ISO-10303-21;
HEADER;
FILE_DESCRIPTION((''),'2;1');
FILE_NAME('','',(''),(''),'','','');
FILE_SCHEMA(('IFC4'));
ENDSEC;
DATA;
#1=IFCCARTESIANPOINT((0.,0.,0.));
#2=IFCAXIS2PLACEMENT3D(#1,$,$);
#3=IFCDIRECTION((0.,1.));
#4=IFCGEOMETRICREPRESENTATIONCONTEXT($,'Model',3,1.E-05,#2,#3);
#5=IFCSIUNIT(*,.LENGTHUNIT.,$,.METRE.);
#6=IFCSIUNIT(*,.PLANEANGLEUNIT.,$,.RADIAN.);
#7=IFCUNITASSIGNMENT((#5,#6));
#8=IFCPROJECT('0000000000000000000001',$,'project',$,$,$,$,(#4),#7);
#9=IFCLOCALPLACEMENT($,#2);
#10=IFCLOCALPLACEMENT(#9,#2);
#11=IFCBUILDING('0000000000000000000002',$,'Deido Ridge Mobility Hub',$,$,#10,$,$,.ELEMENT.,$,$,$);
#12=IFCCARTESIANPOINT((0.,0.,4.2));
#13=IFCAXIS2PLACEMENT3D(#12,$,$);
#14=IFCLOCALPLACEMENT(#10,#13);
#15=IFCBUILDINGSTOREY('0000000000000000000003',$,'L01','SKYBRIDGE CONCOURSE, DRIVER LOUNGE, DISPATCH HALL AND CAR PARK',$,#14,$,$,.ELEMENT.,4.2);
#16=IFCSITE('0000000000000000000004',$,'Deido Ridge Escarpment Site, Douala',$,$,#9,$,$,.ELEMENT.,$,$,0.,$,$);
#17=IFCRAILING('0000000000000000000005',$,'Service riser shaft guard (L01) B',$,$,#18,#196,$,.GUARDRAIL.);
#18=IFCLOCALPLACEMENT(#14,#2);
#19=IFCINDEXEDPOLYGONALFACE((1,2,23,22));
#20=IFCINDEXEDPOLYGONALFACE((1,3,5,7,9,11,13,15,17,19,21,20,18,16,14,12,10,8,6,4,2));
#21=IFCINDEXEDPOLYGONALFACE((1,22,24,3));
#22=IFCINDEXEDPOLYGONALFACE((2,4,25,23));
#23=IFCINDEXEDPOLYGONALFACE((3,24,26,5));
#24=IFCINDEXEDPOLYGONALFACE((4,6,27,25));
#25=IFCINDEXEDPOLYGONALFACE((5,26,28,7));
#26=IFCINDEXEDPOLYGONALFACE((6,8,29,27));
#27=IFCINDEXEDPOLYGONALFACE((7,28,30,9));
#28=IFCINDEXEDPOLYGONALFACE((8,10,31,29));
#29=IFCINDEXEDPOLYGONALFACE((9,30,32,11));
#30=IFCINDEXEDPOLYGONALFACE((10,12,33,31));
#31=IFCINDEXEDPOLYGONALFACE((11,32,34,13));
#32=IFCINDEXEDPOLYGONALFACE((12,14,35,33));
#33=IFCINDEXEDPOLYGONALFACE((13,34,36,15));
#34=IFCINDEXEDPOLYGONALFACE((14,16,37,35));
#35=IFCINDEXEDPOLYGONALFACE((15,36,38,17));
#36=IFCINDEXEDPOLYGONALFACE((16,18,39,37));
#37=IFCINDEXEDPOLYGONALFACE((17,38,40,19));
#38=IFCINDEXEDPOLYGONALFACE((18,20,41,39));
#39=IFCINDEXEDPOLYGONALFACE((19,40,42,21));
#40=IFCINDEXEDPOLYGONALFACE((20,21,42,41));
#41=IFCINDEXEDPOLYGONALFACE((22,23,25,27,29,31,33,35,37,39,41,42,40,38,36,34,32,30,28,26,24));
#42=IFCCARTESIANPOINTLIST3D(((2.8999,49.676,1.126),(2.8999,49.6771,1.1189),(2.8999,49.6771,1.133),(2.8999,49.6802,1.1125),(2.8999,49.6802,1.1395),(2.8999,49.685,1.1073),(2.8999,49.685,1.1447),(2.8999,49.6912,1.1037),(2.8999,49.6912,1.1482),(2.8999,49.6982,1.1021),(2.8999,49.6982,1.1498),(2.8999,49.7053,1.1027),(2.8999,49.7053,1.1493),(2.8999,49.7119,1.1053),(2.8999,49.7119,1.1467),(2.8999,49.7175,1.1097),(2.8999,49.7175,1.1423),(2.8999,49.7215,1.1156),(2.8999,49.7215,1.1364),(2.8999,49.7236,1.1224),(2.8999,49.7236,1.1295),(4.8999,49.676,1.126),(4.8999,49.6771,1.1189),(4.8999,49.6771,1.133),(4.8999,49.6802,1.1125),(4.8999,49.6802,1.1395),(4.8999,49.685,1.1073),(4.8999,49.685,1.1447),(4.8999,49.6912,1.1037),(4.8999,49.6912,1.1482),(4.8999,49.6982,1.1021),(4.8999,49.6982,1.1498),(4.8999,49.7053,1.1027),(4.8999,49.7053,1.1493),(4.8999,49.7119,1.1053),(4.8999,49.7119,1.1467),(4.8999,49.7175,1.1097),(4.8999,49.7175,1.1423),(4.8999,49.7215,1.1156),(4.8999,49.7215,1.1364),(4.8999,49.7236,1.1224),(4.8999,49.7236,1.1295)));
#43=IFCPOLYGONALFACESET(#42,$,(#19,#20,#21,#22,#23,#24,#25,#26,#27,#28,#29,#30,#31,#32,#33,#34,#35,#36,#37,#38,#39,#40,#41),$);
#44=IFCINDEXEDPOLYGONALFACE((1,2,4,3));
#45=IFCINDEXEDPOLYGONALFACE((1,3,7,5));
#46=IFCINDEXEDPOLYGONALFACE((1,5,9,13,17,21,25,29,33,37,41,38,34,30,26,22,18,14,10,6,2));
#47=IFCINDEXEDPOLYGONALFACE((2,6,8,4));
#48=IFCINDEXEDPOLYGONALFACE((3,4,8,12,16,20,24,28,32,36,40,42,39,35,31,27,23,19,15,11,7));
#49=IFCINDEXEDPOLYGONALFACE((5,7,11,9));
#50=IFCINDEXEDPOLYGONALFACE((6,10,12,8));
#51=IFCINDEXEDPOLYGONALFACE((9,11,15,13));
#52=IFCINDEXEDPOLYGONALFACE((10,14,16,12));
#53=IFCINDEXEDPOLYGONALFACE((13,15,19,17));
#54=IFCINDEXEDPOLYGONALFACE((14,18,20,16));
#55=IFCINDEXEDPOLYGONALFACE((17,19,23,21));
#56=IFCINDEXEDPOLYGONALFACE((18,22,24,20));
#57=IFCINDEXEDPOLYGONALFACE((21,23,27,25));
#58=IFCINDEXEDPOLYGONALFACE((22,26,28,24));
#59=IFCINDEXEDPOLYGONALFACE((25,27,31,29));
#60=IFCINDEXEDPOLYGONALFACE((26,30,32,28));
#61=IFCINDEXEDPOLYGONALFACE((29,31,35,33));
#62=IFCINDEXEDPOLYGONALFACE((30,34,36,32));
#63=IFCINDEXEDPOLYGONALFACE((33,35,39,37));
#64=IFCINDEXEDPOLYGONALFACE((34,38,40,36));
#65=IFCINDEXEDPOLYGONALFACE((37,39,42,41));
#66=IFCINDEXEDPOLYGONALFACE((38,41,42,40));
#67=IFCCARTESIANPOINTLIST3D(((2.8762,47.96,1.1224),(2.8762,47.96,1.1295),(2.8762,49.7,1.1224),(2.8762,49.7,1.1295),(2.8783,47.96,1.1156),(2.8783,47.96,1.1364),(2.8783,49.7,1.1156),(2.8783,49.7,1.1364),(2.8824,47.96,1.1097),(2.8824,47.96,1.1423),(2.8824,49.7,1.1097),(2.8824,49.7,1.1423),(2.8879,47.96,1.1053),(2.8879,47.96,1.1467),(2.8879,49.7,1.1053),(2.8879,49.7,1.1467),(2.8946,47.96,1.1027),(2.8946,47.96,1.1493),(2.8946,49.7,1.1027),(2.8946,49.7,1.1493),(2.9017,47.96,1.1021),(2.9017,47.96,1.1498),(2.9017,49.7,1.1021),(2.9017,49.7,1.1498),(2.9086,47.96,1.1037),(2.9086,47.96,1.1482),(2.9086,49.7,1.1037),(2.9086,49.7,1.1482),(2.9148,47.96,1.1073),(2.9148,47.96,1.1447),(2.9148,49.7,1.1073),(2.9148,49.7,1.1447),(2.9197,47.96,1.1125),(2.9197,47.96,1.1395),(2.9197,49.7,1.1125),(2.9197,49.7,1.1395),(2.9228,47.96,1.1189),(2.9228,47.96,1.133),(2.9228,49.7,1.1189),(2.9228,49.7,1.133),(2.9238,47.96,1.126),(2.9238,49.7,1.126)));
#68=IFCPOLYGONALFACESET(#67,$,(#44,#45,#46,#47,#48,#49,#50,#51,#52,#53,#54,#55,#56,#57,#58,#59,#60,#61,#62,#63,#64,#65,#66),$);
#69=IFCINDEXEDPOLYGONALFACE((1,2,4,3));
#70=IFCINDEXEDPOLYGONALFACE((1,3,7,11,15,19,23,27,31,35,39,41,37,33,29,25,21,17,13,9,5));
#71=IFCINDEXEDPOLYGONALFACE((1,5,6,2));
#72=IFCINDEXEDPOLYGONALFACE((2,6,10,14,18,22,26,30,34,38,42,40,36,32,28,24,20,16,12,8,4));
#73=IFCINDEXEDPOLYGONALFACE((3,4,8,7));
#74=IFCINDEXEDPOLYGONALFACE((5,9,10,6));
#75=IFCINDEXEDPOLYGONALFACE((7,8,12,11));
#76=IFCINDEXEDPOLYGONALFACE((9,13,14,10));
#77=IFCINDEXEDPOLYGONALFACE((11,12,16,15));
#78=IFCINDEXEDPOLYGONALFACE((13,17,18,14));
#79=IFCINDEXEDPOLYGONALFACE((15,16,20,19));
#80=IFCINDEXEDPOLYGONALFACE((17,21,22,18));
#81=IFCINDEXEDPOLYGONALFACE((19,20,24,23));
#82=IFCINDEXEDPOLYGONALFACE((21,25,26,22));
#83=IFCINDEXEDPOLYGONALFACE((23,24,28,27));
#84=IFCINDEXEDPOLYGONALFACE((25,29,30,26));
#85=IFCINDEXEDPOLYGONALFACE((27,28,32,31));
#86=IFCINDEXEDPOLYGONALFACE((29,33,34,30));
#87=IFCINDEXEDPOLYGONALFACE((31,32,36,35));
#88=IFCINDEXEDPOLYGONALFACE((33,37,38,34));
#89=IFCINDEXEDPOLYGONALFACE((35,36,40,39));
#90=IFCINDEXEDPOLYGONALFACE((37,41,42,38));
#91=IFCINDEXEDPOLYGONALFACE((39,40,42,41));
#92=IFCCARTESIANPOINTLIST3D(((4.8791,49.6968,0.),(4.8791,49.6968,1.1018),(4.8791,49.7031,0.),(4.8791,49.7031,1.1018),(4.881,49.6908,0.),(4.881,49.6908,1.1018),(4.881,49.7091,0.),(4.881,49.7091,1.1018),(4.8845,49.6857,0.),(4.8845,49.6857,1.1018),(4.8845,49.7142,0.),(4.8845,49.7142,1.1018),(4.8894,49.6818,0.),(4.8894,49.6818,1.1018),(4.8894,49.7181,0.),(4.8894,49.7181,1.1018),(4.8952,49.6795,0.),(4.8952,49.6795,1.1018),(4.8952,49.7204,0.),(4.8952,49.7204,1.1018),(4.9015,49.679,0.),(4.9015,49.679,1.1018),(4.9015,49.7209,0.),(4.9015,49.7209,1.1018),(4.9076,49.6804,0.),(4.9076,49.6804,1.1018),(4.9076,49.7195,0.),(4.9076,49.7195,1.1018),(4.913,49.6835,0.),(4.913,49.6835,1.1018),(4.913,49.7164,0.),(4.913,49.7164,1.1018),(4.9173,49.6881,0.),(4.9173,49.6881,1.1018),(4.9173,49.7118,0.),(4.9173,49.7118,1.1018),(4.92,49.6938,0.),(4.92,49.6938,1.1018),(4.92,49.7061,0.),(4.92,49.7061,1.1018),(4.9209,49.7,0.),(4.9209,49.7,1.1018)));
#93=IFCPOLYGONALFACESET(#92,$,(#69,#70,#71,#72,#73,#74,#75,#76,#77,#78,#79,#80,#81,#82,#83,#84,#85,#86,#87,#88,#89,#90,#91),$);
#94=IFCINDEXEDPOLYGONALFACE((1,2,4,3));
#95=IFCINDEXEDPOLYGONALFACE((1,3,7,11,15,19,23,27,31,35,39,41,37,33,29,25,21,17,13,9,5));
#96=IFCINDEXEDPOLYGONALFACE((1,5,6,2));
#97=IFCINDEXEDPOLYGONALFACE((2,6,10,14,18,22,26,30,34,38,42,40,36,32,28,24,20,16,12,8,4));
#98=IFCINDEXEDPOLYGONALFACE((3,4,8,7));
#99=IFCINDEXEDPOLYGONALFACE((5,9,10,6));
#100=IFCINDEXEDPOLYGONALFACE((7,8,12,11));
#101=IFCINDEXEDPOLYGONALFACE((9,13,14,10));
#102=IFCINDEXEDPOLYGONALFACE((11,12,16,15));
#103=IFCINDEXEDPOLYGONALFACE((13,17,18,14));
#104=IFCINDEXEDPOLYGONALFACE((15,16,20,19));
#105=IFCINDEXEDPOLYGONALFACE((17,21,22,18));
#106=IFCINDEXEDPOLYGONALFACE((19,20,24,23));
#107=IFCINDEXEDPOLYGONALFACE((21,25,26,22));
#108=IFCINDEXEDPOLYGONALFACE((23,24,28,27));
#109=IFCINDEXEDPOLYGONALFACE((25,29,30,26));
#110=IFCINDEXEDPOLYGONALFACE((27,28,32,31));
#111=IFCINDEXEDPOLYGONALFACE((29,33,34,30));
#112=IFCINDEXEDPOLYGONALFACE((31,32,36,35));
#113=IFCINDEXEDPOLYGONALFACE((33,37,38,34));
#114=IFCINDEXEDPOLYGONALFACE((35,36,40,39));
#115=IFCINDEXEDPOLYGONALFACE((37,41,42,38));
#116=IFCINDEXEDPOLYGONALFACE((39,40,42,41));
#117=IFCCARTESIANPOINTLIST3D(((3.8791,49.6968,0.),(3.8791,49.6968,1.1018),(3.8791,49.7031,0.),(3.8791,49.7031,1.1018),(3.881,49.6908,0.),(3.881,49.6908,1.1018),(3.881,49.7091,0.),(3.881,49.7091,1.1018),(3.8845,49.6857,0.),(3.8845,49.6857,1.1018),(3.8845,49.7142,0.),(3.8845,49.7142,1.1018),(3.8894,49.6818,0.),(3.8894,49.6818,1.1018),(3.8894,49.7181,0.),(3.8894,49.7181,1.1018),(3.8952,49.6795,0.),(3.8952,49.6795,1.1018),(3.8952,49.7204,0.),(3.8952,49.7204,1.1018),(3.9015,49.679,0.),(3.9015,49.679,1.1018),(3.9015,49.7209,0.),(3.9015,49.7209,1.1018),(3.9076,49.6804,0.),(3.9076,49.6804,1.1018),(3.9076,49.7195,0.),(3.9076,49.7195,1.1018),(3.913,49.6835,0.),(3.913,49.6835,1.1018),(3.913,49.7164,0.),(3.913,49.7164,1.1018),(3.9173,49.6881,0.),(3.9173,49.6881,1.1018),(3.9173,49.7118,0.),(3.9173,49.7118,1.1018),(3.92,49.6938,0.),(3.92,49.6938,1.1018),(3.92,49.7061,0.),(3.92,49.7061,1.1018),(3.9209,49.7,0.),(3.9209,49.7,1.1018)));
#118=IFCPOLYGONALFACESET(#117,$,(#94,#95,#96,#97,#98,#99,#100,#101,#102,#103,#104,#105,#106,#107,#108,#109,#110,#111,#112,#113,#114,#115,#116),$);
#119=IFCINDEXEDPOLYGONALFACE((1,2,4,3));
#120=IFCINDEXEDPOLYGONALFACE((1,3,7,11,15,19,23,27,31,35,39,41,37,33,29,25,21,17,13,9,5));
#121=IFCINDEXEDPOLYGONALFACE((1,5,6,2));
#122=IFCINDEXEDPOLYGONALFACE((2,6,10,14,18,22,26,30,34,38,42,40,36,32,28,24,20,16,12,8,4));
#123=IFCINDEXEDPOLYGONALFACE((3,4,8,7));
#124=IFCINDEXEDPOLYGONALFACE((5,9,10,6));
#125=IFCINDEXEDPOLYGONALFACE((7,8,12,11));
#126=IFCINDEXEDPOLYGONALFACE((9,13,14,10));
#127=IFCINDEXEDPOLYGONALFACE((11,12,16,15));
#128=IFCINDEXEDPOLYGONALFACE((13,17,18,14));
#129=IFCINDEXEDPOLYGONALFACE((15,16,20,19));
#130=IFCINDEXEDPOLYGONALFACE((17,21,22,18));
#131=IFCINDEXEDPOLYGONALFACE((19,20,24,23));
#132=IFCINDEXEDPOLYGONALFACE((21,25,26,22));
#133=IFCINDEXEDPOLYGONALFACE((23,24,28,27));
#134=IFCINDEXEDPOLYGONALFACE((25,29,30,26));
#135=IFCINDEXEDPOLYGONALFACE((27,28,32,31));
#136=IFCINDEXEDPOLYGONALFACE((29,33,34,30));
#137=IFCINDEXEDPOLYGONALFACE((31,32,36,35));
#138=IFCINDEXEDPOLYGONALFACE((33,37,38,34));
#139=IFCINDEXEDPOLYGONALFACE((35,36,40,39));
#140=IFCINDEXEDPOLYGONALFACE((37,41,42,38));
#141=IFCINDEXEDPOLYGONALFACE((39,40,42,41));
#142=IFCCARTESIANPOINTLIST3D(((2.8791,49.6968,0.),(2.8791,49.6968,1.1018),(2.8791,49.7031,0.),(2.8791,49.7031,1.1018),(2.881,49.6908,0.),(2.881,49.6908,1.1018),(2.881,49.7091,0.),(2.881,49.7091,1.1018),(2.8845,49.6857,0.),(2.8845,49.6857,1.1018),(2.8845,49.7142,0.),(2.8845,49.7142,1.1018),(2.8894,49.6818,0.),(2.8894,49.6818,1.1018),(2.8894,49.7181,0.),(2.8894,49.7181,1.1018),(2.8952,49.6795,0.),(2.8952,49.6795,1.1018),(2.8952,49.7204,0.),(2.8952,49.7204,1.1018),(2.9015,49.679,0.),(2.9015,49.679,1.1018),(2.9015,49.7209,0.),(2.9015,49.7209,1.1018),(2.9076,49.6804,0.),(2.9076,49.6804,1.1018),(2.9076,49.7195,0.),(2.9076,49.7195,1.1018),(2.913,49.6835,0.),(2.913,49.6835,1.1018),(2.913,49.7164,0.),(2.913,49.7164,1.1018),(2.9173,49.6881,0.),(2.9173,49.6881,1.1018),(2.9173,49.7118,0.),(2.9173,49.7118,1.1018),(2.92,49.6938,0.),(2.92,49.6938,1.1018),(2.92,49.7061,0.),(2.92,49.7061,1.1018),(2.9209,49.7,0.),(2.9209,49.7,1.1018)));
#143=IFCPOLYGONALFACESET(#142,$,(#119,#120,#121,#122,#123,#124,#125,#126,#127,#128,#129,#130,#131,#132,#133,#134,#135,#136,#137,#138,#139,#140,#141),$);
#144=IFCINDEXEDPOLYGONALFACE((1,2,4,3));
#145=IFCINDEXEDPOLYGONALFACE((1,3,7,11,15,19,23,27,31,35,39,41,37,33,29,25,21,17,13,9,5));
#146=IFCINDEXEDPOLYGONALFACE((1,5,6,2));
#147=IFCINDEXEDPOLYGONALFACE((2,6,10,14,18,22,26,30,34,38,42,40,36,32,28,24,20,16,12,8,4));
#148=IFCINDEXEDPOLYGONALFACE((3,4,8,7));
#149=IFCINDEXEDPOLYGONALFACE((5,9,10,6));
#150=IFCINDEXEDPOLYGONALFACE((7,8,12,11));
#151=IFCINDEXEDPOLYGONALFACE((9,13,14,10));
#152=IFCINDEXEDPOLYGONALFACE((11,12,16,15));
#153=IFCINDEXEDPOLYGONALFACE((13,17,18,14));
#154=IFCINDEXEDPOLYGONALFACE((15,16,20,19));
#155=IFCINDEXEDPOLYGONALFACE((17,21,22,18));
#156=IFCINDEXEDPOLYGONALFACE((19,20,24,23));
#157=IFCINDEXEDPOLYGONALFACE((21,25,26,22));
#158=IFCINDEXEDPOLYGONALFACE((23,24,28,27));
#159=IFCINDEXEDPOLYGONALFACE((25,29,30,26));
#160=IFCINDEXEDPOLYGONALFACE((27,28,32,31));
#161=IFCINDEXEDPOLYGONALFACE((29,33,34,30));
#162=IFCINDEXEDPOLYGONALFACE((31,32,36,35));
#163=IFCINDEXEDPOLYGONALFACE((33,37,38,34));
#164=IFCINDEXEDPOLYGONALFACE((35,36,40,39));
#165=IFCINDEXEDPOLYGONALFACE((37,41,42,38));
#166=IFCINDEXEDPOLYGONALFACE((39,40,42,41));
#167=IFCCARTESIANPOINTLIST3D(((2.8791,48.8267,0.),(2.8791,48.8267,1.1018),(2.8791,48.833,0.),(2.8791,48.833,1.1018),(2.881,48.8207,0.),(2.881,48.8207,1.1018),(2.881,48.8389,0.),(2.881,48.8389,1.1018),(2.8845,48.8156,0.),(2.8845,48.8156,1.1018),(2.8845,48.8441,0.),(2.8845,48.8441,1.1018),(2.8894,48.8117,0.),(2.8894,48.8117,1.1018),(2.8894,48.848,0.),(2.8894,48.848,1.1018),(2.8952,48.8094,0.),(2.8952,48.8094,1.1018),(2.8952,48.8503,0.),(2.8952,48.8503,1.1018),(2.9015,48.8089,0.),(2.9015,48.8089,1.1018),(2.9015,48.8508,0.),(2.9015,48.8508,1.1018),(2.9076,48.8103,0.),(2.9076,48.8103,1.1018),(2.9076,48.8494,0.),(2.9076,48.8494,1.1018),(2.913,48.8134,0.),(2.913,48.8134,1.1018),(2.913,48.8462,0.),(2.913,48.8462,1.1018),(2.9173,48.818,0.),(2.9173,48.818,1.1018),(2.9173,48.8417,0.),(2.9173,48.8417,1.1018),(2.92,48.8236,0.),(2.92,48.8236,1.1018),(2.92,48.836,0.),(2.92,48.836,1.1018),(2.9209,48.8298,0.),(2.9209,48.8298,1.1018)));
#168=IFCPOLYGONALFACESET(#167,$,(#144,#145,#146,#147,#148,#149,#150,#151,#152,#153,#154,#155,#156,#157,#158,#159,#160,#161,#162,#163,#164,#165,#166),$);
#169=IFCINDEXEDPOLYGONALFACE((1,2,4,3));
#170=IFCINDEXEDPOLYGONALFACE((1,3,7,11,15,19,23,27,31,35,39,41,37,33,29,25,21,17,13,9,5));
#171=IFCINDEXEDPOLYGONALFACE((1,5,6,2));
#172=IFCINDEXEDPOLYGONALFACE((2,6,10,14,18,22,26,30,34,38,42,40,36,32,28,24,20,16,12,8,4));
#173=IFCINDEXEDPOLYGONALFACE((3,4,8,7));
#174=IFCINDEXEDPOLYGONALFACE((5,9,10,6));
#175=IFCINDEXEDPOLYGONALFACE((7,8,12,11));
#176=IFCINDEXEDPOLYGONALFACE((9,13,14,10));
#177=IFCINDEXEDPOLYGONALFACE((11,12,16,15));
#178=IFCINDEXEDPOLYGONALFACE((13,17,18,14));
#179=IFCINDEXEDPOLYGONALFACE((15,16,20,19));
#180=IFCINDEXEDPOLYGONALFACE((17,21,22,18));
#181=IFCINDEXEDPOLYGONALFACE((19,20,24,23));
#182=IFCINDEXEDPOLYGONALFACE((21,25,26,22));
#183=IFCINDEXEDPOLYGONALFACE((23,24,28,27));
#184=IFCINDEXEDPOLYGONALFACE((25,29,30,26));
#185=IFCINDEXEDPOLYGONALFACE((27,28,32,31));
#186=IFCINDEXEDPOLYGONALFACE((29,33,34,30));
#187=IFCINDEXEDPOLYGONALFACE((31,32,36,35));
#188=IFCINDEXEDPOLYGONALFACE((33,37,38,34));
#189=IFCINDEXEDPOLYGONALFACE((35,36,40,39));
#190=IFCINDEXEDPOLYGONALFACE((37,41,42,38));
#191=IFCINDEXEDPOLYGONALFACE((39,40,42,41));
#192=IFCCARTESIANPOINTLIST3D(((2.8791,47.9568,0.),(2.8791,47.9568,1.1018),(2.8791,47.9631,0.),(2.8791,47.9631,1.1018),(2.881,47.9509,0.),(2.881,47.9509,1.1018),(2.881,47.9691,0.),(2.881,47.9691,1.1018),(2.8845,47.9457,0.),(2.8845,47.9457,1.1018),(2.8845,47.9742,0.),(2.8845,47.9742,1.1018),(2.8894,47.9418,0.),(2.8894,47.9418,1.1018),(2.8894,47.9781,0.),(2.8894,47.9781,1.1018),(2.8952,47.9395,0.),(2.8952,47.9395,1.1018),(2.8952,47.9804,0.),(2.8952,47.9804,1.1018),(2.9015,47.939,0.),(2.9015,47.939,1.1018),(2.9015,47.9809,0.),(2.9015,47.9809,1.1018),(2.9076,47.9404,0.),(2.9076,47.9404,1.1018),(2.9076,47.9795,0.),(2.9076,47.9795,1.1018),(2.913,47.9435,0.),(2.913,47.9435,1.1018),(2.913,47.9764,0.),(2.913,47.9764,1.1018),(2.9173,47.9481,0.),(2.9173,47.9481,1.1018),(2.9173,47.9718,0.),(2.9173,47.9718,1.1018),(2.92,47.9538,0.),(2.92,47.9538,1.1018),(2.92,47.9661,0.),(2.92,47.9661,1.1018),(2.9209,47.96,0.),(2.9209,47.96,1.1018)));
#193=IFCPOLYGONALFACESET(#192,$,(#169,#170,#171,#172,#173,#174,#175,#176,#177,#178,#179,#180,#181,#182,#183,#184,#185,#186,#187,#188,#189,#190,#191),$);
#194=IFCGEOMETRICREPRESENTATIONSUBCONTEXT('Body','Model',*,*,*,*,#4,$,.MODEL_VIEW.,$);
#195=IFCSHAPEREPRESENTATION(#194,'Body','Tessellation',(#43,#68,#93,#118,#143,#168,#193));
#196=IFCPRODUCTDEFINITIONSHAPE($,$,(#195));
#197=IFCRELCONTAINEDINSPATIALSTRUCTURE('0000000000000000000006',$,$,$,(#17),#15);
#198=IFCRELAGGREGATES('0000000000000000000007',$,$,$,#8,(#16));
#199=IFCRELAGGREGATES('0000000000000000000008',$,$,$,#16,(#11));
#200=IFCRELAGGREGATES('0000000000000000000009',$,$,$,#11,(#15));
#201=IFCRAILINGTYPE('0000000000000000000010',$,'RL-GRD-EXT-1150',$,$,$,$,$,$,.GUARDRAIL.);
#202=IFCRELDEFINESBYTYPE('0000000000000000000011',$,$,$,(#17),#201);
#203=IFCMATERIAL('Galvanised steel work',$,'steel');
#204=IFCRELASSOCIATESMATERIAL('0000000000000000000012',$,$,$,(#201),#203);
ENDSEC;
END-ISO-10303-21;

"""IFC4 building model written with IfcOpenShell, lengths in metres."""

from ifc_helpers import new_model, si_unit, direction, frame, origin, origin_2d, place, context, subcontext, project, spatial, circle, extrude, material, type_object, element, save


model = new_model("IFC4")

# Units and contexts
model_context = context("Model", 3, precision=1e-05, world=origin(), true_north=direction((0.0, 1.0)))
body_context = subcontext(model_context, "Body", "Model", "MODEL_VIEW")
ifc_project = project(units=[si_unit("LENGTHUNIT", "METRE"), si_unit("PLANEANGLEUNIT", "RADIAN")], contexts=[model_context])

# Site, building, storey
site_placement = place(None, origin())
site = spatial("IfcSite", under=ifc_project, at=site_placement, Name="Deido Ridge Escarpment Site, Douala", CompositionType="ELEMENT", RefElevation=0.0)
building_placement = place(site_placement, origin())
building = spatial("IfcBuilding", under=site, at=building_placement, Name="Deido Ridge Mobility Hub", CompositionType="ELEMENT")
storey_placement = place(building_placement, frame((0.0, 0.0, 4.2)))
storey = spatial("IfcBuildingStorey", under=building, at=storey_placement, Name="L01", Description="SKYBRIDGE CONCOURSE, DRIVER LOUNGE, DISPATCH HALL AND CAR PARK", CompositionType="ELEMENT", Elevation=4.2)

# Railing
ifc_material_1 = material(Name="Galvanised steel work", Category="steel")
railing_type = type_object("IfcRailingType", Name="RL-GRD-EXT-1150", PredefinedType="GUARDRAIL", material=ifc_material_1)
railing_placement = place(storey_placement, frame((4.8999, 49.7, 0.0)))
element("IfcRailing", 1, at=railing_placement, inside=storey, type_object=railing_type, Name="Service riser shaft guard (L01) B", PredefinedType="GUARDRAIL", context=body_context, shape_type="SweptSolid", body=[
    extrude(circle(Radius=0.0239, at=origin_2d()), frame((0.0, 0.0, 1.126), z_axis=(-1.0, 0.0, 0.0), x_axis=(0.0, -1.0, 0.0)), (0.0, 0.0, 1.0), 2.0),
    extrude(circle(Radius=0.0239, at=origin_2d()), frame((-2.0, 0.0, 1.126), z_axis=(0.0, -1.0, 0.0), x_axis=(1.0, 0.0, 0.0)), (0.0, 0.0, 1.0), 1.74),
    extrude(circle(Radius=0.021, at=origin_2d()), origin(), (0.0, 0.0, 1.0), 1.1018),
    extrude(circle(Radius=0.021, at=origin_2d()), frame((-1.0, 0.0, 0.0)), (0.0, 0.0, 1.0), 1.1018),
    extrude(circle(Radius=0.021, at=origin_2d()), frame((-2.0, 0.0, 0.0)), (0.0, 0.0, 1.0), 1.1018),
    extrude(circle(Radius=0.021, at=origin_2d()), frame((-2.0, -0.8701, 0.0)), (0.0, 0.0, 1.0), 1.1018),
    extrude(circle(Radius=0.021, at=origin_2d()), frame((-2.0, -1.74, 0.0)), (0.0, 0.0, 1.0), 1.1018),
])

save(model, "model.ifc")
